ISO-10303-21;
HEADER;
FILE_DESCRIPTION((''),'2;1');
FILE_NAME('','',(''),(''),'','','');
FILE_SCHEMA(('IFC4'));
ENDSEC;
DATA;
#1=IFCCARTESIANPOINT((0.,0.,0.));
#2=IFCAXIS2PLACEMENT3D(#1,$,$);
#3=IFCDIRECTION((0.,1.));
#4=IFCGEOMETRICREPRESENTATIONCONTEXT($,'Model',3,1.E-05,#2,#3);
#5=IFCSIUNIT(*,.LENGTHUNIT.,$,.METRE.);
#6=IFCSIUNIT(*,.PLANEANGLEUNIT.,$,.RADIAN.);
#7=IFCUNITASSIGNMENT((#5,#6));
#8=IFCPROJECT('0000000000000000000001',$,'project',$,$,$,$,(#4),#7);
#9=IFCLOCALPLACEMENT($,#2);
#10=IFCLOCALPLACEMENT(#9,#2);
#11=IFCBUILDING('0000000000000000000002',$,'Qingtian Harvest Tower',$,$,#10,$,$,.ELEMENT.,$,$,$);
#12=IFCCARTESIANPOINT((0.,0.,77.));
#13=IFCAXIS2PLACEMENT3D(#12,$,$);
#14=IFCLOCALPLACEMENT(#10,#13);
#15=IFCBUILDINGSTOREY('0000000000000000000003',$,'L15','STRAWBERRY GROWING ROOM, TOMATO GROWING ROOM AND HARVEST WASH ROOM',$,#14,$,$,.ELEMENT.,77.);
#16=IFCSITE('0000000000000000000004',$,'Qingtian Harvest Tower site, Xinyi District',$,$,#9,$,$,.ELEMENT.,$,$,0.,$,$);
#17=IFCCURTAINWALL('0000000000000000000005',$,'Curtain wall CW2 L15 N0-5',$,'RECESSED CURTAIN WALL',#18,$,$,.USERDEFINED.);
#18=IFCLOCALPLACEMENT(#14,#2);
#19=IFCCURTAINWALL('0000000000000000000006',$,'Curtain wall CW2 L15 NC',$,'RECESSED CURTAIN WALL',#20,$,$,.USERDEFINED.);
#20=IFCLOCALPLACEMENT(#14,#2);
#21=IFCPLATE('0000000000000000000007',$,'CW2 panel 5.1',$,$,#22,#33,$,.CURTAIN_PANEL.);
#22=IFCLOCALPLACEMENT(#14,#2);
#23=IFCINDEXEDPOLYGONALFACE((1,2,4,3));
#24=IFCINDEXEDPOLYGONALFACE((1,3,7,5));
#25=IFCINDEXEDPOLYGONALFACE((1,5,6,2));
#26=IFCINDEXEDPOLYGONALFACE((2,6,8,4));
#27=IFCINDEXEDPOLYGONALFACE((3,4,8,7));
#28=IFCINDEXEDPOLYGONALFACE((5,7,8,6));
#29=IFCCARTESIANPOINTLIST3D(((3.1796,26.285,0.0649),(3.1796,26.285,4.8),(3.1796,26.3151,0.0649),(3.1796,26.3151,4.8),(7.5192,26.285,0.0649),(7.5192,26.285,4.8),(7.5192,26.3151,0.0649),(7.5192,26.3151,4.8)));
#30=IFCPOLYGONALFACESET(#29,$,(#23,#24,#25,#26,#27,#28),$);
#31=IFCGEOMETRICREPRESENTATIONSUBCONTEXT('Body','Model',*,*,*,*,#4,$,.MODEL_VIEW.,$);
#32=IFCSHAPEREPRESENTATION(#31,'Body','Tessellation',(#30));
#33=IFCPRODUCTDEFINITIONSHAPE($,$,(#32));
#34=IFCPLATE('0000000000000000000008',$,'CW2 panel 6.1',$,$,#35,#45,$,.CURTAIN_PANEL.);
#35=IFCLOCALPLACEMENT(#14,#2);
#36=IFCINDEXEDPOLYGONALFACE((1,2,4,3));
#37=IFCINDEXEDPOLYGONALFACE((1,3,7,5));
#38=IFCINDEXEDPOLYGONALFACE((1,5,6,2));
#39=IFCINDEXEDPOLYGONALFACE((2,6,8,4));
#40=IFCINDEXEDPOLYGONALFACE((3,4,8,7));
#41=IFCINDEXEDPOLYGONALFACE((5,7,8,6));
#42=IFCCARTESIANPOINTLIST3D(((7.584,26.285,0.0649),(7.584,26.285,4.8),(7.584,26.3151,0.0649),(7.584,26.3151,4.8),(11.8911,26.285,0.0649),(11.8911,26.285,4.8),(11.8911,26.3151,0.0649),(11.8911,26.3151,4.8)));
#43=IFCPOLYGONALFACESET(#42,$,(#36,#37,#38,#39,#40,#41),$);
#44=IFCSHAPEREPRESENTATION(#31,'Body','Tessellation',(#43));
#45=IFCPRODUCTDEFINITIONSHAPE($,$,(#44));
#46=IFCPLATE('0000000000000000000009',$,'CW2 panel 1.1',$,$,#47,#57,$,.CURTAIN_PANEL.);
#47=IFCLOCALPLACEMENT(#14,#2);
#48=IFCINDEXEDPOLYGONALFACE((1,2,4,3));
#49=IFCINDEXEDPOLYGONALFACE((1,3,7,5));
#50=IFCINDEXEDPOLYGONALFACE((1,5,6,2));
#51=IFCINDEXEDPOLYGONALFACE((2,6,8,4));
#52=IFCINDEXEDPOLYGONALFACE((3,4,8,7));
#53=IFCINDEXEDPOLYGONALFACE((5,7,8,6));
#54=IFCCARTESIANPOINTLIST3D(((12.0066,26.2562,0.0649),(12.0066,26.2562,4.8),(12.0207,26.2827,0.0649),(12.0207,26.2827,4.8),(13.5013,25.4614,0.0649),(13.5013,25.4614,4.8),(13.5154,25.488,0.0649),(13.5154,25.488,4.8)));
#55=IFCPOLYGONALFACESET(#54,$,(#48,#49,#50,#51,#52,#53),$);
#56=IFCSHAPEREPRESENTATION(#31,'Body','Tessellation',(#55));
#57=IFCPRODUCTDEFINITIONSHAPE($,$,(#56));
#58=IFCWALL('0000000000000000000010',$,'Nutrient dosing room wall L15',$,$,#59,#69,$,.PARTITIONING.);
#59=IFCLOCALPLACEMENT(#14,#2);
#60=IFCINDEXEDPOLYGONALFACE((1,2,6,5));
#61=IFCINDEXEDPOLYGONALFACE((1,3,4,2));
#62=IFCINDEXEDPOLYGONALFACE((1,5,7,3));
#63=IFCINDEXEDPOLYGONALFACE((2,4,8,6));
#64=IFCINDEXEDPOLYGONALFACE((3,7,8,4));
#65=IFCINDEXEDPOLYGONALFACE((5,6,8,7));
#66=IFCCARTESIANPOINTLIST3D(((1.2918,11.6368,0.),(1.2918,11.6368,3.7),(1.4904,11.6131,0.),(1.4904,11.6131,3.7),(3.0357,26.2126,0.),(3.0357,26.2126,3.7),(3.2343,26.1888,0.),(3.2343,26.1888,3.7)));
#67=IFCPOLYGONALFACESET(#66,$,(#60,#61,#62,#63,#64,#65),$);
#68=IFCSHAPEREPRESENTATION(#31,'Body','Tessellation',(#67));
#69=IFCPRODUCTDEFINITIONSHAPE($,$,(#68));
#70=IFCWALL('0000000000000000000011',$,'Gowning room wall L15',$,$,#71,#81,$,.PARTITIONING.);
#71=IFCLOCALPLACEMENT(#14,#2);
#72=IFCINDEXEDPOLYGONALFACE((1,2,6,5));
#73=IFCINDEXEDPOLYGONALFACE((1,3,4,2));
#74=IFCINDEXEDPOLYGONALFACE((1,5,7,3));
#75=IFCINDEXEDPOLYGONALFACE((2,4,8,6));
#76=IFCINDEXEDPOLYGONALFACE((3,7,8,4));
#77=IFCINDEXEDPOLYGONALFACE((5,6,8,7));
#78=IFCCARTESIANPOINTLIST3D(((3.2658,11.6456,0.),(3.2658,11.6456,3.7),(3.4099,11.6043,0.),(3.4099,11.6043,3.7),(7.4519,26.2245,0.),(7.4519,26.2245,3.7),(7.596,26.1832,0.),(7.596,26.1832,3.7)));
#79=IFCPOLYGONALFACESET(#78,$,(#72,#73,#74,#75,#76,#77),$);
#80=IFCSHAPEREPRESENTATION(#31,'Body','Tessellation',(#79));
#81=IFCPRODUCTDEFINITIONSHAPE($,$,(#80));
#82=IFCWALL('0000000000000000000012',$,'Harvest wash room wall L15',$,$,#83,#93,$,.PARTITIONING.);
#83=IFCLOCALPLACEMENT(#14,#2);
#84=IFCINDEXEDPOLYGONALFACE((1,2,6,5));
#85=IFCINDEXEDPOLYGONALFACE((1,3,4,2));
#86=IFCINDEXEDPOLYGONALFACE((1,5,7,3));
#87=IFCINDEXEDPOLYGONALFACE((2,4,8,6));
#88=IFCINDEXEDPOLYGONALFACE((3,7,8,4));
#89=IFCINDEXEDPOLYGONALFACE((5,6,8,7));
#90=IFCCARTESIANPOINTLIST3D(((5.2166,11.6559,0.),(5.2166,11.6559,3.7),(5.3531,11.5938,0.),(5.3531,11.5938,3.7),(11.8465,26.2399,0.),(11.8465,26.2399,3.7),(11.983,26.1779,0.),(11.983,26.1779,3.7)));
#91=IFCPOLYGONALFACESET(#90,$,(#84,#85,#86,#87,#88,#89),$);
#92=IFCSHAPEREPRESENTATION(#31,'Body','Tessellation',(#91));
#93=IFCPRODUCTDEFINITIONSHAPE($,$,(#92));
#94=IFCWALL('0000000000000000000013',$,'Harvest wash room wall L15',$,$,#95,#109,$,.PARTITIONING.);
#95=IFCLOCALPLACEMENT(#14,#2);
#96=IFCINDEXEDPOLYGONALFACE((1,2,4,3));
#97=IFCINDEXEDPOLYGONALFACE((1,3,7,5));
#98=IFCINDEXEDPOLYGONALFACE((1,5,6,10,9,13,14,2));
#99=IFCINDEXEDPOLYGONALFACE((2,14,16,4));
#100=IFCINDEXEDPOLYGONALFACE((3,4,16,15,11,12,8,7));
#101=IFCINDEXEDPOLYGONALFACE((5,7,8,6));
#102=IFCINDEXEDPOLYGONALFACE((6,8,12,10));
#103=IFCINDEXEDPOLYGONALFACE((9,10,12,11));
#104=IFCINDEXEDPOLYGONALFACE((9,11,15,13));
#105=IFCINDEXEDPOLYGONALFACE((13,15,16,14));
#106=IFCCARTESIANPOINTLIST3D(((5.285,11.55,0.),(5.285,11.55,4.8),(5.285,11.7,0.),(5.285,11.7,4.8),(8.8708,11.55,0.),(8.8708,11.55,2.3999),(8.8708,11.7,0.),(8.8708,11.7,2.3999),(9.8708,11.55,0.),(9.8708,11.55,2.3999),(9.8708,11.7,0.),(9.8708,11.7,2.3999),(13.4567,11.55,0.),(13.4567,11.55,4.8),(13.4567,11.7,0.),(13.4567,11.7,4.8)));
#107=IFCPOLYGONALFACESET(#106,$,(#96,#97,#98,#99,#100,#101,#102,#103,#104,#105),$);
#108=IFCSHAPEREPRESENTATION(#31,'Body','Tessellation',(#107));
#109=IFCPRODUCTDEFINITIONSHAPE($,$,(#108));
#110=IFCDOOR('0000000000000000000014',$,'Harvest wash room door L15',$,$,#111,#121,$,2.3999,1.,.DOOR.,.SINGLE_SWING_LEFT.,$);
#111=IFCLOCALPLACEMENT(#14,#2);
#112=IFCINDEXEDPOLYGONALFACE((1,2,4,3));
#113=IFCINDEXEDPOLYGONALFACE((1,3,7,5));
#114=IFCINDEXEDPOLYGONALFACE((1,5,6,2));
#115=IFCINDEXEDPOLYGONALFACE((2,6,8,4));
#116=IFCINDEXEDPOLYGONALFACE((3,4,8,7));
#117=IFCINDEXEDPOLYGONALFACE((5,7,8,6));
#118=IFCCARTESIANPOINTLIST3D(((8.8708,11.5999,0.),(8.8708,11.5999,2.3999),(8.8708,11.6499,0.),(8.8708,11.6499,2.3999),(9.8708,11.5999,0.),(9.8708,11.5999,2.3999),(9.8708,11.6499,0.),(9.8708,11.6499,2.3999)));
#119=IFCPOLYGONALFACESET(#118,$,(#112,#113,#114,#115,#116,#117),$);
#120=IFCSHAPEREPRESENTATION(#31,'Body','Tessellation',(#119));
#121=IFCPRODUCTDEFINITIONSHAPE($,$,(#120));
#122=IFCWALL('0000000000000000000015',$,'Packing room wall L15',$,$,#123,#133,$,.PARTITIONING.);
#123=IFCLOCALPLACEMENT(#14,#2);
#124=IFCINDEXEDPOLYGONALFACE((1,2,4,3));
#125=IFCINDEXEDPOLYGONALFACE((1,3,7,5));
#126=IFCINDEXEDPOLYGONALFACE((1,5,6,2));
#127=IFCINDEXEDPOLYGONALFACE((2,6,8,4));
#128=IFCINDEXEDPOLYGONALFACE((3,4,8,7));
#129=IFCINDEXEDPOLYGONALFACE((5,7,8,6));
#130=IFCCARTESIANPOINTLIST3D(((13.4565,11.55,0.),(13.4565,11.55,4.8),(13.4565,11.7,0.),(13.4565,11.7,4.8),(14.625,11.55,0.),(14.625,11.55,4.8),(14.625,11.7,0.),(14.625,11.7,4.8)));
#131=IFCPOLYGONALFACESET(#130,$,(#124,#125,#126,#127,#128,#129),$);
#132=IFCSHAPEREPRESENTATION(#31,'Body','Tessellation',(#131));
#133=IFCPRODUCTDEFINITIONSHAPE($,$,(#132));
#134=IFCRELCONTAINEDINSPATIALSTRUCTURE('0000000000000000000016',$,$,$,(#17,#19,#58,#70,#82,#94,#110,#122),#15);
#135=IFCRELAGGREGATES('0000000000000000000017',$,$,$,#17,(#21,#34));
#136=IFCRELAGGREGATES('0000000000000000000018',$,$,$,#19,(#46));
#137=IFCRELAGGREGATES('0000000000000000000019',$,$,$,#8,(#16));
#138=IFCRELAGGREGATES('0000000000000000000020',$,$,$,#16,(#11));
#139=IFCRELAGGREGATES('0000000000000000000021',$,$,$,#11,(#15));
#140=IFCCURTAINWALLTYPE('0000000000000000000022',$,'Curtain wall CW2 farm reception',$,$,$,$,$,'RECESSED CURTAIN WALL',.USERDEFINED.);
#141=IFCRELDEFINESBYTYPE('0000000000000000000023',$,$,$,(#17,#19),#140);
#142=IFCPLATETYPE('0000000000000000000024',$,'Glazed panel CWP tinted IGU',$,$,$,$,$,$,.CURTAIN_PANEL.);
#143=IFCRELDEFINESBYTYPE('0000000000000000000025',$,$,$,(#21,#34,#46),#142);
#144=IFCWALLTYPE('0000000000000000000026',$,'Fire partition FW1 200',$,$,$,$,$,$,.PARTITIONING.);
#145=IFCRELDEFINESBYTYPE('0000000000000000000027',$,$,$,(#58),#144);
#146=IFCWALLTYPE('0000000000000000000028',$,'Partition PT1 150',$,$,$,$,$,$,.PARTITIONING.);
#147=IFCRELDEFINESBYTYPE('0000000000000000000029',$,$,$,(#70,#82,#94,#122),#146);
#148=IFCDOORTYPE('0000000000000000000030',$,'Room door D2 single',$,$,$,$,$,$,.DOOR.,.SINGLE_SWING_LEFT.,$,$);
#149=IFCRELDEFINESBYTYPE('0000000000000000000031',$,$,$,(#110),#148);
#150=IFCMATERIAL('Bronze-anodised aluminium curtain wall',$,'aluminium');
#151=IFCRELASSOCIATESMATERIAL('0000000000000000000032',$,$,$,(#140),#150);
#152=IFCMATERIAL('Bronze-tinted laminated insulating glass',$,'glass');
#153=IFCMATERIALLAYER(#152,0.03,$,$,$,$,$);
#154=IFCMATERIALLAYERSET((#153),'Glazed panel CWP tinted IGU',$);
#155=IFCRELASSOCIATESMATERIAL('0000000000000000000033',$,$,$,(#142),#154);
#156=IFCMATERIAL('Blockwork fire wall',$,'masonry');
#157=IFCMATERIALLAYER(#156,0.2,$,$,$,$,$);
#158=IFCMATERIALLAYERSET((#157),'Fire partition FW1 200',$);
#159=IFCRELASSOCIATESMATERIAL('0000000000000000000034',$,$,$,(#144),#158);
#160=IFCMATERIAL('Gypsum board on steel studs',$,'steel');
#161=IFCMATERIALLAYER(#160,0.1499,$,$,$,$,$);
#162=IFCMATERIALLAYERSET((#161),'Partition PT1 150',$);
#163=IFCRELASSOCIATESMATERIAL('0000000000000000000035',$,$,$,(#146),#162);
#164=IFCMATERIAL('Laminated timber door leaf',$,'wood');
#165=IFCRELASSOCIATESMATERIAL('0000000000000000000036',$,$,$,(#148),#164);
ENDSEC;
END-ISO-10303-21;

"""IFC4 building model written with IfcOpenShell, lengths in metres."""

from ifc_helpers import new_model, si_unit, direction, frame, frame_2d, origin, origin_2d, place, context, subcontext, project, spatial, rectangle, extrude, material, layer, layer_set, type_object, element, fill, aggregate, save


model = new_model("IFC4")

# Units and contexts
model_context = context("Model", 3, precision=1e-05, world=origin(), true_north=direction((0.0, 1.0)))
body_context = subcontext(model_context, "Body", "Model", "MODEL_VIEW")
ifc_project = project(units=[si_unit("LENGTHUNIT", "METRE"), si_unit("PLANEANGLEUNIT", "RADIAN")], contexts=[model_context])

# Site, building, storey
site_placement = place(None, origin())
site = spatial("IfcSite", under=ifc_project, at=site_placement, Name="Qingtian Harvest Tower site, Xinyi District", CompositionType="ELEMENT", RefElevation=0.0)
building_placement = place(site_placement, origin())
building = spatial("IfcBuilding", under=site, at=building_placement, Name="Qingtian Harvest Tower", CompositionType="ELEMENT")
storey_placement = place(building_placement, frame((0.0, 0.0, 77.0)))
storey = spatial("IfcBuildingStorey", under=building, at=storey_placement, Name="L15", Description="STRAWBERRY GROWING ROOM, TOMATO GROWING ROOM AND HARVEST WASH ROOM", CompositionType="ELEMENT", Elevation=77.0)

# Curtain walls
ifc_material_1 = material(Name="Bronze-anodised aluminium curtain wall", Category="aluminium")
curtain_wall_type = type_object("IfcCurtainWallType", Name="Curtain wall CW2 farm reception", ElementType="RECESSED CURTAIN WALL", PredefinedType="USERDEFINED", material=ifc_material_1)
curtain_wall_1_placement = place(storey_placement, origin())
curtain_wall_1 = element("IfcCurtainWall", 1, at=curtain_wall_1_placement, inside=storey, type_object=curtain_wall_type, Name="Curtain wall CW2 L15 N0-5", ObjectType="RECESSED CURTAIN WALL", PredefinedType="USERDEFINED")
curtain_wall_2_placement = place(storey_placement, origin())
curtain_wall_2 = element("IfcCurtainWall", 2, at=curtain_wall_2_placement, inside=storey, type_object=curtain_wall_type, Name="Curtain wall CW2 L15 NC", ObjectType="RECESSED CURTAIN WALL", PredefinedType="USERDEFINED")

# Plates
ifc_material_2 = material(Name="Bronze-tinted laminated insulating glass", Category="glass")
ifc_layer_1 = layer(ifc_material_2, 0.03)
ifc_layer_set_1 = layer_set([ifc_layer_1], Name="Glazed panel CWP tinted IGU")
plate_type = type_object("IfcPlateType", Name="Glazed panel CWP tinted IGU", PredefinedType="CURTAIN_PANEL", material=ifc_layer_set_1)
plate_1_placement = place(storey_placement, frame((5.3494, 26.3, 0.0649), z_axis=(0.0, 0.0, 1.0), x_axis=(1.0, 0.0, 0.0)))
plate_1 = element("IfcPlate", 3, at=plate_1_placement, type_object=plate_type, Name="CW2 panel 5.1", PredefinedType="CURTAIN_PANEL", context=body_context, shape_type="SweptSolid", body=[
    extrude(rectangle(XDim=4.3396, YDim=0.03, at=origin_2d()), origin(), (0.0, 0.0, 1.0), 4.7351),
])
plate_2_placement = place(storey_placement, frame((9.7375, 26.3, 0.0649), z_axis=(0.0, 0.0, 1.0), x_axis=(1.0, 0.0, 0.0)))
plate_2 = element("IfcPlate", 4, at=plate_2_placement, type_object=plate_type, Name="CW2 panel 6.1", PredefinedType="CURTAIN_PANEL", context=body_context, shape_type="SweptSolid", body=[
    extrude(rectangle(XDim=4.3071, YDim=0.03, at=origin_2d()), origin(), (0.0, 0.0, 1.0), 4.7351),
])
aggregate(curtain_wall_1, [plate_1, plate_2])
plate_3_placement = place(storey_placement, frame((12.761, 25.8721, 0.0649), z_axis=(0.0, 0.0, 1.0), x_axis=(0.882948, -0.469472, 0.0)))
plate_3 = element("IfcPlate", 5, at=plate_3_placement, type_object=plate_type, Name="CW2 panel 1.1", PredefinedType="CURTAIN_PANEL", context=body_context, shape_type="SweptSolid", body=[
    extrude(rectangle(XDim=1.6929, YDim=0.03, at=origin_2d()), origin(), (0.0, 0.0, 1.0), 4.7351),
])
aggregate(curtain_wall_2, [plate_3])

# Walls
ifc_material_3 = material(Name="Blockwork fire wall", Category="masonry")
ifc_layer_2 = layer(ifc_material_3, 0.2)
ifc_layer_set_2 = layer_set([ifc_layer_2], Name="Fire partition FW1 200")
wall_type_1 = type_object("IfcWallType", Name="Fire partition FW1 200", PredefinedType="PARTITIONING", material=ifc_layer_set_2)
wall_1_placement = place(storey_placement, frame((3.135, 26.2007, 0.0), z_axis=(0.0, 0.0, 1.0), x_axis=(-0.118797, -0.992919, 0.0)))
element("IfcWall", 6, at=wall_1_placement, inside=storey, type_object=wall_type_1, Name="Nutrient dosing room wall L15", PredefinedType="PARTITIONING", context=body_context, shape_type="SweptSolid", body=[
    extrude(rectangle(XDim=14.6797, YDim=0.2, at=frame_2d((7.3398, 0.0))), origin(), (0.0, 0.0, 1.0), 3.7),
])
ifc_material_4 = material(Name="Gypsum board on steel studs", Category="steel")
ifc_layer_3 = layer(ifc_material_4, 0.1499)
ifc_layer_set_3 = layer_set([ifc_layer_3], Name="Partition PT1 150")
wall_type_2 = type_object("IfcWallType", Name="Partition PT1 150", PredefinedType="PARTITIONING", material=ifc_layer_set_3)
wall_2_placement = place(storey_placement, frame((7.5239, 26.2039, 0.0), z_axis=(0.0, 0.0, 1.0), x_axis=(-0.275979, -0.961164, 0.0)))
element("IfcWall", 7, at=wall_2_placement, inside=storey, type_object=wall_type_2, Name="Gowning room wall L15", PredefinedType="PARTITIONING", context=body_context, shape_type="SweptSolid", body=[
    extrude(rectangle(XDim=15.168, YDim=0.1499, at=frame_2d((7.584, 0.0))), origin(), (0.0, 0.0, 1.0), 3.7),
])

# Shared definitions
ifc_material_5 = material(Name="Laminated timber door leaf", Category="wood")
door_type = type_object("IfcDoorType", Name="Room door D2 single", OperationType="SINGLE_SWING_LEFT", PredefinedType="DOOR", material=ifc_material_5)

# Wall
wall_3_placement = place(storey_placement, frame((11.9148, 26.209, 0.0), z_axis=(0.0, 0.0, 1.0), x_axis=(-0.413844, -0.910348, 0.0)))
element("IfcWall", 8, at=wall_3_placement, inside=storey, type_object=wall_type_2, Name="Harvest wash room wall L15", PredefinedType="PARTITIONING", context=body_context, shape_type="SweptSolid", body=[
    extrude(rectangle(XDim=16.0203, YDim=0.1499, at=frame_2d((8.0103, 0.0))), origin(), (0.0, 0.0, 1.0), 3.7),
])

# Wall, opening, door
wall_4_placement = place(storey_placement, frame((5.2849, 11.625, 0.0), z_axis=(0.0, 0.0, 1.0), x_axis=(1.0, 0.0, 0.0)))
wall_4 = element("IfcWall", 9, at=wall_4_placement, inside=storey, type_object=wall_type_2, Name="Harvest wash room wall L15", PredefinedType="PARTITIONING", context=body_context, shape_type="SweptSolid", body=[
    extrude(rectangle(XDim=8.1716, YDim=0.1499, at=frame_2d((4.0859, 0.0))), origin(), (0.0, 0.0, 1.0), 4.8),
])
opening_1_placement = place(wall_4_placement, frame((3.5859, 0.0, 0.0)))
opening_1 = element("IfcOpeningElement", 10, at=opening_1_placement, cuts=wall_4, PredefinedType="OPENING", context=body_context, shape_type="SweptSolid", body=[
    extrude(rectangle(XDim=1.0, YDim=2.3999, at=frame_2d((0.5, 1.2))), frame((0.0, 0.085, 0.0), z_axis=(0.0, -1.0, 0.0), x_axis=(1.0, 0.0, 0.0)), (0.0, 0.0, 1.0), 0.1699),
])
door_1_placement = place(opening_1_placement, origin())
door_1 = element("IfcDoor", 11, at=door_1_placement, inside=storey, type_object=door_type, Name="Harvest wash room door L15", OperationType="SINGLE_SWING_LEFT", OverallHeight=2.3999, OverallWidth=1.0, PredefinedType="DOOR", context=body_context, shape_type="SweptSolid", body=[
    extrude(rectangle(XDim=1.0, YDim=2.3999, at=frame_2d((0.5, 1.2))), frame((0.0, 0.0249, 0.0), z_axis=(0.0, -1.0, 0.0), x_axis=(1.0, 0.0, 0.0)), (0.0, 0.0, 1.0), 0.05),
])
fill(opening_1, door_1)

# Wall
wall_5_placement = place(storey_placement, frame((13.4565, 11.625, 0.0), z_axis=(0.0, 0.0, 1.0), x_axis=(1.0, 0.0, 0.0)))
element("IfcWall", 12, at=wall_5_placement, inside=storey, type_object=wall_type_2, Name="Packing room wall L15", PredefinedType="PARTITIONING", context=body_context, shape_type="SweptSolid", body=[
    extrude(rectangle(XDim=1.1685, YDim=0.1499, at=frame_2d((0.5842, 0.0))), origin(), (0.0, 0.0, 1.0), 4.8),
])

save(model, "model.ifc")
